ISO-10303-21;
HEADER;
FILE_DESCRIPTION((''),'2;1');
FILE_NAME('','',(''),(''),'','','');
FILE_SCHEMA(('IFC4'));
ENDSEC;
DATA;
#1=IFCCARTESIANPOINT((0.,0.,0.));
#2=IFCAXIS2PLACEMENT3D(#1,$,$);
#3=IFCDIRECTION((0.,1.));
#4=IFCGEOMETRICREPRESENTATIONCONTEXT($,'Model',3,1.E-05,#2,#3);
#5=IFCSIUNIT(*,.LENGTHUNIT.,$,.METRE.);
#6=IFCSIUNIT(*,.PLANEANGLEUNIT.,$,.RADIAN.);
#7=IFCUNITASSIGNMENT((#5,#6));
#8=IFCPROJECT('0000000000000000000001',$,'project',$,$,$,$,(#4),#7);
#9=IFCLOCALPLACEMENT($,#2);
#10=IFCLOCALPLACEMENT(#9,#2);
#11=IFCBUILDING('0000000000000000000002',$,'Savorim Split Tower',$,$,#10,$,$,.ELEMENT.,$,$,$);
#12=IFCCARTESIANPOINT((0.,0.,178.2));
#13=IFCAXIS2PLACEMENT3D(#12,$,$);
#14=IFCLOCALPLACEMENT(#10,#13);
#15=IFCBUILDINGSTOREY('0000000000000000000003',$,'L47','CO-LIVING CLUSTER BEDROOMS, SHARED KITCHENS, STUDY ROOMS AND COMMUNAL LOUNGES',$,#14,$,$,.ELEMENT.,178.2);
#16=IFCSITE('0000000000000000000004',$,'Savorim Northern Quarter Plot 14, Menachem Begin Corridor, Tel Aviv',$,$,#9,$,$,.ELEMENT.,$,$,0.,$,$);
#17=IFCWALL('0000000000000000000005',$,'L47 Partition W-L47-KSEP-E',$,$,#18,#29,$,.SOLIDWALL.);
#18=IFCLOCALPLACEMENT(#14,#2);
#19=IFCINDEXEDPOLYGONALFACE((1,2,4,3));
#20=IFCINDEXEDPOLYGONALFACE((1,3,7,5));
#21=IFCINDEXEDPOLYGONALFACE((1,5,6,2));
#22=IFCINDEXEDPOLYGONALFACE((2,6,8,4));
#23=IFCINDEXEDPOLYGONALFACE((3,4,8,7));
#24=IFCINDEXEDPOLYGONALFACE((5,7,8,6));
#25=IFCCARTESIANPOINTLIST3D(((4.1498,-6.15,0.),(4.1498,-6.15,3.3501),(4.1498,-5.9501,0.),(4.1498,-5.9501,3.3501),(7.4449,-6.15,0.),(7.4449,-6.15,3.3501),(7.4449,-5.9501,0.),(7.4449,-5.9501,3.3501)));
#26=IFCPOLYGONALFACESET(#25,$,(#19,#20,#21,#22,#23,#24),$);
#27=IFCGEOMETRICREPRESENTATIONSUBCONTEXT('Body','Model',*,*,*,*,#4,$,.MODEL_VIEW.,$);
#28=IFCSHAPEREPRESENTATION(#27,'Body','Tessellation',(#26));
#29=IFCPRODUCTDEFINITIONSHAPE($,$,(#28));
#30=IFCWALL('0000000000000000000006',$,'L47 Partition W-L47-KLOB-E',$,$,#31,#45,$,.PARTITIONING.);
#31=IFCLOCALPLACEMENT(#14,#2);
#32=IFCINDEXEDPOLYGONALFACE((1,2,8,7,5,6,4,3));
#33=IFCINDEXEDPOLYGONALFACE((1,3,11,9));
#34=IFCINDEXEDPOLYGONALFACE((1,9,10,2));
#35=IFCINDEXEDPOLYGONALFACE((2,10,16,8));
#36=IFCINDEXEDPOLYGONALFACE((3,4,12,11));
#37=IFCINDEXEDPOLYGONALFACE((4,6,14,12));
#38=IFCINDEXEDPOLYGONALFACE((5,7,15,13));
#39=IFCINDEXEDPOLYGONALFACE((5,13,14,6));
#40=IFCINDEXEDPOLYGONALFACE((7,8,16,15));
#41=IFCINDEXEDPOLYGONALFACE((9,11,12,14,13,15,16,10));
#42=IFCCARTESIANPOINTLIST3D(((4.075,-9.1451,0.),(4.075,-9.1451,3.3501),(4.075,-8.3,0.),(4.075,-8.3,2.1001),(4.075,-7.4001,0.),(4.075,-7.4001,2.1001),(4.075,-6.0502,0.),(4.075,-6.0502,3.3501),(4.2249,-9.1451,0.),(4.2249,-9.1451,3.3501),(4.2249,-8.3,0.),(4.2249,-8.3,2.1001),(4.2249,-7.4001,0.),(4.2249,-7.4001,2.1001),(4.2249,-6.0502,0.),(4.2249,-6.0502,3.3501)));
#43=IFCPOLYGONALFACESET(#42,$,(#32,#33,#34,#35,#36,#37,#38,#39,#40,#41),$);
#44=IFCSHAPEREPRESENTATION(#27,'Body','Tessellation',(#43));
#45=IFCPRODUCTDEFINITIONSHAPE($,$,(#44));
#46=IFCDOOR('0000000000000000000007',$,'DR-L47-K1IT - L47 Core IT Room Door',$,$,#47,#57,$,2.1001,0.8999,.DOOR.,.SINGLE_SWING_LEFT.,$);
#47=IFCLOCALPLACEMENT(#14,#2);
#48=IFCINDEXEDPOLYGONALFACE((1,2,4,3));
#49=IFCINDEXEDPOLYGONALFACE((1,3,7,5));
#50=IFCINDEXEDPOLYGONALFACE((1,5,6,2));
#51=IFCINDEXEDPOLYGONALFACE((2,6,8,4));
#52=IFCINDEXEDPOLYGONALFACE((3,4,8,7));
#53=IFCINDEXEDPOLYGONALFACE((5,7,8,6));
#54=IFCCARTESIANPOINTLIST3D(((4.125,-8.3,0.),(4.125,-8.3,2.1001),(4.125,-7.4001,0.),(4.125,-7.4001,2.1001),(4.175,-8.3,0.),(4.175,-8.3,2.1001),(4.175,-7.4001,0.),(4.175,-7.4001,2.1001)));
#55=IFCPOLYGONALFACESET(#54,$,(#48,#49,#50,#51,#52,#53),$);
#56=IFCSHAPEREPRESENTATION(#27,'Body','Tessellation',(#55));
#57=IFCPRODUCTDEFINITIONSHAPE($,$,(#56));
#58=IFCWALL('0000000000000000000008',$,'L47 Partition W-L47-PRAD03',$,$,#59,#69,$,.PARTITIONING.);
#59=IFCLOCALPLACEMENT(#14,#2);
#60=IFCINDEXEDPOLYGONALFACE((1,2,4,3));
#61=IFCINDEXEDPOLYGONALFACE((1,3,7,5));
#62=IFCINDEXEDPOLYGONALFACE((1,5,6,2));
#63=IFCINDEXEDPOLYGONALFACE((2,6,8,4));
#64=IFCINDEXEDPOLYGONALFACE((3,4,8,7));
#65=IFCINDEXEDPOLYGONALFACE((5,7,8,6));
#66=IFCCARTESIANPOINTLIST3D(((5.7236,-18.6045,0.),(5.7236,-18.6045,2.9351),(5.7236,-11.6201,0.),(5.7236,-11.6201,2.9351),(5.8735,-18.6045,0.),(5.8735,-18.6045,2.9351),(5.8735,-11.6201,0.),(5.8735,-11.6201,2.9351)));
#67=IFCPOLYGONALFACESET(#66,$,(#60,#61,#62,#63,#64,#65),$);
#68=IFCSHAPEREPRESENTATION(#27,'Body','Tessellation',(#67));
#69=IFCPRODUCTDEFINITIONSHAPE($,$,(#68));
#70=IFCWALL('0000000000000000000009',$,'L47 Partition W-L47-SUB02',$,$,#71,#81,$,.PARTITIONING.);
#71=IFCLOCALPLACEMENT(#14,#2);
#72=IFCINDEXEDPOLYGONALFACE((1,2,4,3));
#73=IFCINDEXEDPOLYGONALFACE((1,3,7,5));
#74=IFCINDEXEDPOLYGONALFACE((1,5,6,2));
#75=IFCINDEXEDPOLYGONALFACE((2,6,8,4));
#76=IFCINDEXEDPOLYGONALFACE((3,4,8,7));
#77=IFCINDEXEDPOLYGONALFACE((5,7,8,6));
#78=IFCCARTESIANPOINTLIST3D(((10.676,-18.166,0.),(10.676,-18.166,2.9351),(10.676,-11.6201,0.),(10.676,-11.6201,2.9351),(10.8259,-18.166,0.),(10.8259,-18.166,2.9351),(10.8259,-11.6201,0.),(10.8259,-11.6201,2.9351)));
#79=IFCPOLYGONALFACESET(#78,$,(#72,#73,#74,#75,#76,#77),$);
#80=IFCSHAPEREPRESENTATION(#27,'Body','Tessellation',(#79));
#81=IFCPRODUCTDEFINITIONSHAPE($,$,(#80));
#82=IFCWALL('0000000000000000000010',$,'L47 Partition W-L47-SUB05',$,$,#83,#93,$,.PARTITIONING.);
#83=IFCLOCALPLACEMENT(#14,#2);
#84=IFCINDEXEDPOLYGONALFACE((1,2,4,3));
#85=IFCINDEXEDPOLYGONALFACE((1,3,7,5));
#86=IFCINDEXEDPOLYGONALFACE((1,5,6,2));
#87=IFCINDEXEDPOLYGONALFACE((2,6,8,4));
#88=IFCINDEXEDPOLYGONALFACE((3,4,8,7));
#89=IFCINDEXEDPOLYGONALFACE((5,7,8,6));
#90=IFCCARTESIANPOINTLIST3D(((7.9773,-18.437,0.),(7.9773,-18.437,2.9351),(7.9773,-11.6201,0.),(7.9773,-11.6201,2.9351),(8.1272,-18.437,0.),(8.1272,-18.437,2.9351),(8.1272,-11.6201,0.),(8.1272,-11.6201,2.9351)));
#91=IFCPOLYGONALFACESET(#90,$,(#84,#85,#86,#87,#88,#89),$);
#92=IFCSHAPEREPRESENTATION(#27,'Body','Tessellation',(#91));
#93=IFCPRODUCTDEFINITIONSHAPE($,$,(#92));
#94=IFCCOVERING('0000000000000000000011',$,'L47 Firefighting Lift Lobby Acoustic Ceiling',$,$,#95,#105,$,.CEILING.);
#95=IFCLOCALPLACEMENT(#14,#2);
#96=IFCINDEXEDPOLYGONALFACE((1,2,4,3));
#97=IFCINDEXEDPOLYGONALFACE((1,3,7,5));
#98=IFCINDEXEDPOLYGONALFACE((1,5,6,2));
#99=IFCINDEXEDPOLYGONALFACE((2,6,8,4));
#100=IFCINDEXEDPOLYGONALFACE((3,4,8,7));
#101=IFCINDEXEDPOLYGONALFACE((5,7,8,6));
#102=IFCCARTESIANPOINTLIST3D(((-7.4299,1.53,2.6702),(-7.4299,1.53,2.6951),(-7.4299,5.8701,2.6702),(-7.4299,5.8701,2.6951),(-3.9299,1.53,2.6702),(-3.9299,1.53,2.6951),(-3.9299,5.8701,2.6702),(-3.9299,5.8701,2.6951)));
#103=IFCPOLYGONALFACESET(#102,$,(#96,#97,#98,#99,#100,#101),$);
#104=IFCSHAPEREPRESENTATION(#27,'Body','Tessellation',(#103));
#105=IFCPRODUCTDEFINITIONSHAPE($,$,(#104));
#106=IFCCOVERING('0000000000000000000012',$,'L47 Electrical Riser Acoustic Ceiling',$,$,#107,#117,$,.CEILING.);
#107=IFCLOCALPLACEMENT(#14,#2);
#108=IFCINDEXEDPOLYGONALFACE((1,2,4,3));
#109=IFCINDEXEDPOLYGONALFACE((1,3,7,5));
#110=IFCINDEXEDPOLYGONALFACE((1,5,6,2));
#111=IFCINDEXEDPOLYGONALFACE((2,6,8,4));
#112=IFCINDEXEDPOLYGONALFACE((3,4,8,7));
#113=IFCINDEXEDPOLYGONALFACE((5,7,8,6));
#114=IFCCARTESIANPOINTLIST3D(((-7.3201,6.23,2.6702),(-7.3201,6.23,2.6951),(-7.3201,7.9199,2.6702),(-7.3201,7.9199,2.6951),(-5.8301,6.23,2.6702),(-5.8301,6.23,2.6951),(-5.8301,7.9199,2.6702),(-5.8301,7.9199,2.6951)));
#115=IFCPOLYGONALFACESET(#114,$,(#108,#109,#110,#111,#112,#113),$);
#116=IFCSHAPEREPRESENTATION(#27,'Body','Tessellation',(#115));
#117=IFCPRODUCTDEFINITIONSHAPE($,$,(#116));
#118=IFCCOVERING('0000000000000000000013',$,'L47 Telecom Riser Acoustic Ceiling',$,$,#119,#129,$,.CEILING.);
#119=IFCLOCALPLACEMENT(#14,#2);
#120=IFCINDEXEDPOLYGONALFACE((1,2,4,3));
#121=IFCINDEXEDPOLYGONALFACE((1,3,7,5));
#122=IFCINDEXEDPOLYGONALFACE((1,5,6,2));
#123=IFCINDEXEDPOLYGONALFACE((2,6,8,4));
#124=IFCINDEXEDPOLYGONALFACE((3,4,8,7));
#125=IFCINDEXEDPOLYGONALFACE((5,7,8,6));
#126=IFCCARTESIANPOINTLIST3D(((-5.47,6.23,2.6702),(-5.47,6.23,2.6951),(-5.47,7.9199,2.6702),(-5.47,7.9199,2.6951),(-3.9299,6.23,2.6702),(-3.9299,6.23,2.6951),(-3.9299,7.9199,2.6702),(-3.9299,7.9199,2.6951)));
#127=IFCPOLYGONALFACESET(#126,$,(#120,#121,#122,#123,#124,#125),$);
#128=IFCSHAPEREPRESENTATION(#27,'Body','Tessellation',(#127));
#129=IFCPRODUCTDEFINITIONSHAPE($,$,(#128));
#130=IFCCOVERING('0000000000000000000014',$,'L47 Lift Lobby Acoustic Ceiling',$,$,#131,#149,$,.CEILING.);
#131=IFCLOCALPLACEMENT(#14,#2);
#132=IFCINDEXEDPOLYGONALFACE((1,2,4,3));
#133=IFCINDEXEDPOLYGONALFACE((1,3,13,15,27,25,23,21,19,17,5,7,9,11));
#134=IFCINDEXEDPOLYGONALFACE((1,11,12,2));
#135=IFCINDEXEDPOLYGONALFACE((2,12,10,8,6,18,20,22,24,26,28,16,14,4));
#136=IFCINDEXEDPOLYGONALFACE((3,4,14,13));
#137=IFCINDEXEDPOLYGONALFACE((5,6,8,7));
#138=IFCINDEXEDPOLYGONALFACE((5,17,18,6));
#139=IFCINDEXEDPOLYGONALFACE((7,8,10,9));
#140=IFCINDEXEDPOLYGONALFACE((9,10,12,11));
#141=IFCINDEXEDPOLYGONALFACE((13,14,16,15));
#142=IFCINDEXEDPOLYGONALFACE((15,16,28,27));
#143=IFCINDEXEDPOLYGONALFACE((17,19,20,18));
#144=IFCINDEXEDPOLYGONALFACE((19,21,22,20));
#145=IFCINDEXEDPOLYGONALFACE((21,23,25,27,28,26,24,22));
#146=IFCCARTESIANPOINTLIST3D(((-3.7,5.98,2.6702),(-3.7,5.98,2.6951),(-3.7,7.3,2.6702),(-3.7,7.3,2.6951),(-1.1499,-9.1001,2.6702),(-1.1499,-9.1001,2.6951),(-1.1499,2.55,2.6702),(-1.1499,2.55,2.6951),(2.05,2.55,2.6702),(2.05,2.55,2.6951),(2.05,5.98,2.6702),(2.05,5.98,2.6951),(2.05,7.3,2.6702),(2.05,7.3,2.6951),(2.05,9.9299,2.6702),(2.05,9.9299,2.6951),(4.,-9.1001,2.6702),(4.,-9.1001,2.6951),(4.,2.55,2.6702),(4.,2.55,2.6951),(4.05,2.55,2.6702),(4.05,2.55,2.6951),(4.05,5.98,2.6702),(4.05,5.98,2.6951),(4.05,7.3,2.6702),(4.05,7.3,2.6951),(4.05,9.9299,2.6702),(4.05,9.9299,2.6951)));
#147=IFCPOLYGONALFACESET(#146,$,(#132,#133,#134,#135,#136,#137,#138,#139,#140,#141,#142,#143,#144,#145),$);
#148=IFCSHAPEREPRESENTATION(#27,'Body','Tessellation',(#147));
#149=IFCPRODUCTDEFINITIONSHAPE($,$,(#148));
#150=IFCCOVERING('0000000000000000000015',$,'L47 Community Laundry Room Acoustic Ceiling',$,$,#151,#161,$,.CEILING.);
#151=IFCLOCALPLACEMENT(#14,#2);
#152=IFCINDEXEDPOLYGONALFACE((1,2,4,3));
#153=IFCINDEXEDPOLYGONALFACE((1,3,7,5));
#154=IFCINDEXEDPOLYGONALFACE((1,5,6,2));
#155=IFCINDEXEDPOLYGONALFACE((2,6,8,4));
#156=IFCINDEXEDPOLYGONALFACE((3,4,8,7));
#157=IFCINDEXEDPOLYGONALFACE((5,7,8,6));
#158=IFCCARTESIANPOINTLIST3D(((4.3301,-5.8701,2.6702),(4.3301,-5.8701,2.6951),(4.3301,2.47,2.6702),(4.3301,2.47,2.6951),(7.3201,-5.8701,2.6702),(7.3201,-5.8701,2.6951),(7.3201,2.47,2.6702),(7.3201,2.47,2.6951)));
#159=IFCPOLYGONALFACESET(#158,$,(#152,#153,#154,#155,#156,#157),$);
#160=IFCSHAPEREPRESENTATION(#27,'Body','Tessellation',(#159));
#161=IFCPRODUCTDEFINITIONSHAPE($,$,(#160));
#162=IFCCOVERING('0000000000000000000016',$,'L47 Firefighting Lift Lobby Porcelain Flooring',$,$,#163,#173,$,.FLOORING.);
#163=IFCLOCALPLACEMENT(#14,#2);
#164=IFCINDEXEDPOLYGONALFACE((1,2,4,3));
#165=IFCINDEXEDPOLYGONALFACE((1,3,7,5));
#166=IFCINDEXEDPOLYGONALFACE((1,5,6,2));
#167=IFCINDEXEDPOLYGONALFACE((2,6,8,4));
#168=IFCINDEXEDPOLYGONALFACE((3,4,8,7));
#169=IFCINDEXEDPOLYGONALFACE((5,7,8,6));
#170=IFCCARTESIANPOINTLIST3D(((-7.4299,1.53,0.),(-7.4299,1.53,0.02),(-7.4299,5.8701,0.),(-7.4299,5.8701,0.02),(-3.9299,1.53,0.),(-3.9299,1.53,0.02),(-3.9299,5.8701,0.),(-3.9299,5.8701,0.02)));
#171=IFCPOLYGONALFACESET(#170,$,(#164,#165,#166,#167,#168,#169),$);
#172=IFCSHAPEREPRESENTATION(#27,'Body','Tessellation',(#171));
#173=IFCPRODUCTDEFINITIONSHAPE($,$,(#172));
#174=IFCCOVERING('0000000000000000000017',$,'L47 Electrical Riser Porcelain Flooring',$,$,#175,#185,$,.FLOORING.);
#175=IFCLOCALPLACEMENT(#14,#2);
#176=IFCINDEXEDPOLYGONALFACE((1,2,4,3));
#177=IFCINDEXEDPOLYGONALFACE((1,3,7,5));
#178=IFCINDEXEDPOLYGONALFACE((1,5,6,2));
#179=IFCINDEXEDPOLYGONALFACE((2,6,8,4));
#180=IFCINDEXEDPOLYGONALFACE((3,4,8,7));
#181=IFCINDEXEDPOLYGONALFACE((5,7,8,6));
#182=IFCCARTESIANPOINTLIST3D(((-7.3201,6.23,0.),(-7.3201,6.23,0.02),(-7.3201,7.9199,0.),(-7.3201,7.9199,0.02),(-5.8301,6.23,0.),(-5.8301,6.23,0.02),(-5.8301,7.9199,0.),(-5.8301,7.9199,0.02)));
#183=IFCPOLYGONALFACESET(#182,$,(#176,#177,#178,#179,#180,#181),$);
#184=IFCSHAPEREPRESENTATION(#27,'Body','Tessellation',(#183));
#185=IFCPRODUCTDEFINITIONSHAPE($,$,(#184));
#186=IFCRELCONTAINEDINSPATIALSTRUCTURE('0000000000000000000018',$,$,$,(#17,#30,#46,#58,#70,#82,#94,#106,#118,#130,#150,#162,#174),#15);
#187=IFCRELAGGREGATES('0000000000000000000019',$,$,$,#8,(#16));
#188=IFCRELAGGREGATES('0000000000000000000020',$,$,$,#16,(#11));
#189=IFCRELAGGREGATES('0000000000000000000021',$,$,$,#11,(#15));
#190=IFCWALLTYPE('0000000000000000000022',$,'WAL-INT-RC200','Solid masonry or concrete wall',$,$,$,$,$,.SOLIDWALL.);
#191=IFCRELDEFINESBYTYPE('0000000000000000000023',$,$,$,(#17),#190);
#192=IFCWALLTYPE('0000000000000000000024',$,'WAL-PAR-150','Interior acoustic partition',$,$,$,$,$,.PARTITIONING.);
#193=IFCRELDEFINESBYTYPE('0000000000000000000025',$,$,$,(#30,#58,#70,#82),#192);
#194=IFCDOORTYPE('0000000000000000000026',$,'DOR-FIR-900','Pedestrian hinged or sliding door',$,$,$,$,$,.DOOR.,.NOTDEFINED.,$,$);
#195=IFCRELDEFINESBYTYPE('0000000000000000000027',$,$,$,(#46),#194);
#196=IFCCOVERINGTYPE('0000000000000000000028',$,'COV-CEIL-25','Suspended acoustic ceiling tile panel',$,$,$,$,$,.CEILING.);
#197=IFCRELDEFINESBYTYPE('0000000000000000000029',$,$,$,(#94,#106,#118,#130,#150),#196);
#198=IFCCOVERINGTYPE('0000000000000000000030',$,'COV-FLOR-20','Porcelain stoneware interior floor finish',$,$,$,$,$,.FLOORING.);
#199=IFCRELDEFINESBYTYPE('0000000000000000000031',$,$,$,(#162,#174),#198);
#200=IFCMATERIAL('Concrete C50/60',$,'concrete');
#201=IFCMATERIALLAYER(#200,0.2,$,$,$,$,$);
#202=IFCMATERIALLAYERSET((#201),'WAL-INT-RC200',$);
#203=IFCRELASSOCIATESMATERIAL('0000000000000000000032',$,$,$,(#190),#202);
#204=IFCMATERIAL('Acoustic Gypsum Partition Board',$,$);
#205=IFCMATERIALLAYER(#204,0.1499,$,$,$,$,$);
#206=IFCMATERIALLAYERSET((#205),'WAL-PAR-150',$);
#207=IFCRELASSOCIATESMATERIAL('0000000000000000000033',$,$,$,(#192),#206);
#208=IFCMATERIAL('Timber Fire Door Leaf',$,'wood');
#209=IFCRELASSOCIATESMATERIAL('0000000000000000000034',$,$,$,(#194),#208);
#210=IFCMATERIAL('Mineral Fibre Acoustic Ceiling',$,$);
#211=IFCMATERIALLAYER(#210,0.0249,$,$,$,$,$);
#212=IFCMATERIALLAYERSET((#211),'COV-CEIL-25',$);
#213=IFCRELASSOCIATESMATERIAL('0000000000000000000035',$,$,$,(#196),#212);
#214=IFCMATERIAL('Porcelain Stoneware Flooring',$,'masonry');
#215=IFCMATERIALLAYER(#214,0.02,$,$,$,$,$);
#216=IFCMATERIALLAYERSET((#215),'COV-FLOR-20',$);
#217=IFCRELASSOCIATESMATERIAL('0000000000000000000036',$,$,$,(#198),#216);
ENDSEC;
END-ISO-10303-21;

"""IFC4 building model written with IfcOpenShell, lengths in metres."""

from ifc_helpers import new_model, si_unit, direction, frame, frame_2d, origin, place, context, subcontext, project, spatial, polyline, rectangle, outline, extrude, material, layer, layer_set, type_object, element, fill, save


model = new_model("IFC4")

# Units and contexts
model_context = context("Model", 3, precision=1e-05, world=origin(), true_north=direction((0.0, 1.0)))
body_context = subcontext(model_context, "Body", "Model", "MODEL_VIEW")
ifc_project = project(units=[si_unit("LENGTHUNIT", "METRE"), si_unit("PLANEANGLEUNIT", "RADIAN")], contexts=[model_context])

# Site, building, storey
site_placement = place(None, origin())
site = spatial("IfcSite", under=ifc_project, at=site_placement, Name="Savorim Northern Quarter Plot 14, Menachem Begin Corridor, Tel Aviv", CompositionType="ELEMENT", RefElevation=0.0)
building_placement = place(site_placement, origin())
building = spatial("IfcBuilding", under=site, at=building_placement, Name="Savorim Split Tower", CompositionType="ELEMENT")
storey_placement = place(building_placement, frame((0.0, 0.0, 178.2)))
storey = spatial("IfcBuildingStorey", under=building, at=storey_placement, Name="L47", Description="CO-LIVING CLUSTER BEDROOMS, SHARED KITCHENS, STUDY ROOMS AND COMMUNAL LOUNGES", CompositionType="ELEMENT", Elevation=178.2)

# Shared definitions
ifc_material_1 = material(Name="Concrete C50/60", Category="concrete")
ifc_layer_1 = layer(ifc_material_1, 0.2)
ifc_layer_set_1 = layer_set([ifc_layer_1], Name="WAL-INT-RC200")
wall_type_1 = type_object("IfcWallType", Name="WAL-INT-RC200", Description="Solid masonry or concrete wall", PredefinedType="SOLIDWALL", material=ifc_layer_set_1)
ifc_material_2 = material(Name="Timber Fire Door Leaf", Category="wood")

# Wall
wall_1_placement = place(storey_placement, frame((4.1499, -6.05, 0.0), z_axis=(0.0, 0.0, 1.0), x_axis=(1.0, 0.0, 0.0)))
element("IfcWall", 1, at=wall_1_placement, inside=storey, type_object=wall_type_1, Name="L47 Partition W-L47-KSEP-E", PredefinedType="SOLIDWALL", context=body_context, shape_type="SweptSolid", body=[
    extrude(rectangle(XDim=3.2952, YDim=0.2, at=frame_2d((1.6475, 0.0))), origin(), (0.0, 0.0, 1.0), 3.3501),
])

# Wall, opening, door
ifc_material_3 = material(Name="Acoustic Gypsum Partition Board")
ifc_layer_2 = layer(ifc_material_3, 0.1499)
ifc_layer_set_2 = layer_set([ifc_layer_2], Name="WAL-PAR-150")
wall_type_2 = type_object("IfcWallType", Name="WAL-PAR-150", Description="Interior acoustic partition", PredefinedType="PARTITIONING", material=ifc_layer_set_2)
wall_2_placement = place(storey_placement, frame((4.1499, -9.145, 0.0), z_axis=(0.0, 0.0, 1.0), x_axis=(0.0, 1.0, 0.0)))
wall_2 = element("IfcWall", 2, at=wall_2_placement, inside=storey, type_object=wall_type_2, Name="L47 Partition W-L47-KLOB-E", PredefinedType="PARTITIONING", context=body_context, shape_type="SweptSolid", body=[
    extrude(rectangle(XDim=3.095, YDim=0.1499, at=frame_2d((1.5474, 0.0))), origin(), (0.0, 0.0, 1.0), 3.3501),
])
opening_1_placement = place(wall_2_placement, frame((0.845, 0.0, 0.0)))
opening_1 = element("IfcOpeningElement", 3, at=opening_1_placement, cuts=wall_2, PredefinedType="OPENING", context=body_context, shape_type="SweptSolid", body=[
    extrude(rectangle(XDim=0.8999, YDim=2.1001, at=frame_2d((0.45, 1.05))), frame((0.0, 0.085, 0.0), z_axis=(0.0, -1.0, 0.0), x_axis=(1.0, 0.0, 0.0)), (0.0, 0.0, 1.0), 0.1699),
])
door_type_1 = type_object("IfcDoorType", Name="DOR-FIR-900", Description="Pedestrian hinged or sliding door", OperationType="NOTDEFINED", PredefinedType="DOOR", material=ifc_material_2)
door_1_placement = place(opening_1_placement, origin())
door_1 = element("IfcDoor", 4, at=door_1_placement, inside=storey, type_object=door_type_1, Name="DR-L47-K1IT - L47 Core IT Room Door", OperationType="SINGLE_SWING_LEFT", OverallHeight=2.1001, OverallWidth=0.8999, PredefinedType="DOOR", context=body_context, shape_type="SweptSolid", body=[
    extrude(rectangle(XDim=0.8999, YDim=2.1001, at=frame_2d((0.45, 1.05))), frame((0.0, 0.0249, 0.0), z_axis=(0.0, -1.0, 0.0), x_axis=(1.0, 0.0, 0.0)), (0.0, 0.0, 1.0), 0.05),
])
fill(opening_1, door_1)

# Walls
wall_3_placement = place(storey_placement, frame((5.7986, -11.6201, 0.0), z_axis=(0.0, 0.0, 1.0), x_axis=(0.0, -1.0, 0.0)))
element("IfcWall", 5, at=wall_3_placement, inside=storey, type_object=wall_type_2, Name="L47 Partition W-L47-PRAD03", PredefinedType="PARTITIONING", context=body_context, shape_type="SweptSolid", body=[
    extrude(rectangle(XDim=6.9844, YDim=0.1499, at=frame_2d((3.4922, 0.0))), origin(), (0.0, 0.0, 1.0), 2.9351),
])
wall_4_placement = place(storey_placement, frame((10.751, -11.6201, 0.0), z_axis=(0.0, 0.0, 1.0), x_axis=(0.0, -1.0, 0.0)))
element("IfcWall", 6, at=wall_4_placement, inside=storey, type_object=wall_type_2, Name="L47 Partition W-L47-SUB02", PredefinedType="PARTITIONING", context=body_context, shape_type="SweptSolid", body=[
    extrude(rectangle(XDim=6.5459, YDim=0.1499, at=frame_2d((3.2729, 0.0))), origin(), (0.0, 0.0, 1.0), 2.9351),
])
wall_5_placement = place(storey_placement, frame((8.0522, -11.6201, 0.0), z_axis=(0.0, 0.0, 1.0), x_axis=(0.0, -1.0, 0.0)))
element("IfcWall", 7, at=wall_5_placement, inside=storey, type_object=wall_type_2, Name="L47 Partition W-L47-SUB05", PredefinedType="PARTITIONING", context=body_context, shape_type="SweptSolid", body=[
    extrude(rectangle(XDim=6.8169, YDim=0.1499, at=frame_2d((3.4084, 0.0))), origin(), (0.0, 0.0, 1.0), 2.9351),
])

# Coverings
ifc_material_4 = material(Name="Mineral Fibre Acoustic Ceiling")
ifc_layer_3 = layer(ifc_material_4, 0.0249)
ifc_layer_set_3 = layer_set([ifc_layer_3], Name="COV-CEIL-25")
covering_type_1 = type_object("IfcCoveringType", Name="COV-CEIL-25", Description="Suspended acoustic ceiling tile panel", PredefinedType="CEILING", material=ifc_layer_set_3)
covering_1_placement = place(storey_placement, frame((0.0, 0.0, 2.6702)))
element("IfcCovering", 8, at=covering_1_placement, inside=storey, type_object=covering_type_1, Name="L47 Firefighting Lift Lobby Acoustic Ceiling", PredefinedType="CEILING", context=body_context, shape_type="SweptSolid", body=[
    extrude(outline(polyline([(-7.4299, 5.8701), (-7.4299, 1.53), (-3.9299, 1.53), (-3.9299, 5.8701), (-7.4299, 5.8701)])), origin(), (0.0, 0.0, 1.0), 0.0249),
])
covering_2_placement = place(storey_placement, frame((0.0, 0.0, 2.6702)))
element("IfcCovering", 9, at=covering_2_placement, inside=storey, type_object=covering_type_1, Name="L47 Electrical Riser Acoustic Ceiling", PredefinedType="CEILING", context=body_context, shape_type="SweptSolid", body=[
    extrude(outline(polyline([(-7.3201, 7.9199), (-7.3201, 6.23), (-5.8301, 6.23), (-5.8301, 7.9199), (-7.3201, 7.9199)])), origin(), (0.0, 0.0, 1.0), 0.0249),
])
covering_3_placement = place(storey_placement, frame((0.0, 0.0, 2.6702)))
element("IfcCovering", 10, at=covering_3_placement, inside=storey, type_object=covering_type_1, Name="L47 Telecom Riser Acoustic Ceiling", PredefinedType="CEILING", context=body_context, shape_type="SweptSolid", body=[
    extrude(outline(polyline([(-5.47, 7.9199), (-5.47, 6.23), (-3.9299, 6.23), (-3.9299, 7.9199), (-5.47, 7.9199)])), origin(), (0.0, 0.0, 1.0), 0.0249),
])
covering_4_placement = place(storey_placement, frame((0.0, 0.0, 2.6702)))
element("IfcCovering", 11, at=covering_4_placement, inside=storey, type_object=covering_type_1, Name="L47 Lift Lobby Acoustic Ceiling", PredefinedType="CEILING", context=body_context, shape_type="SweptSolid", body=[
    extrude(outline(polyline([(2.05, 2.55), (-1.1499, 2.55), (-1.1499, -9.1001), (4.0, -9.1001), (4.0, 2.55), (4.05, 2.55), (4.05, 5.98), (4.05, 7.3), (4.05, 9.9299), (2.05, 9.9299), (2.05, 7.3), (-3.7, 7.3), (-3.7, 5.98), (2.05, 5.98), (2.05, 2.55)])), origin(), (0.0, 0.0, 1.0), 0.0249),
])
covering_5_placement = place(storey_placement, frame((0.0, 0.0, 2.6702)))
element("IfcCovering", 12, at=covering_5_placement, inside=storey, type_object=covering_type_1, Name="L47 Community Laundry Room Acoustic Ceiling", PredefinedType="CEILING", context=body_context, shape_type="SweptSolid", body=[
    extrude(outline(polyline([(4.3301, 2.47), (4.3301, -5.8701), (7.3201, -5.8701), (7.3201, 2.47), (4.3301, 2.47)])), origin(), (0.0, 0.0, 1.0), 0.0249),
])
ifc_material_5 = material(Name="Porcelain Stoneware Flooring", Category="masonry")
ifc_layer_4 = layer(ifc_material_5, 0.02)
ifc_layer_set_4 = layer_set([ifc_layer_4], Name="COV-FLOR-20")
covering_type_2 = type_object("IfcCoveringType", Name="COV-FLOR-20", Description="Porcelain stoneware interior floor finish", PredefinedType="FLOORING", material=ifc_layer_set_4)
covering_6_placement = place(storey_placement, origin())
element("IfcCovering", 13, at=covering_6_placement, inside=storey, type_object=covering_type_2, Name="L47 Firefighting Lift Lobby Porcelain Flooring", PredefinedType="FLOORING", context=body_context, shape_type="SweptSolid", body=[
    extrude(outline(polyline([(-7.4299, 5.8701), (-7.4299, 1.53), (-3.9299, 1.53), (-3.9299, 5.8701), (-7.4299, 5.8701)])), origin(), (0.0, 0.0, 1.0), 0.02),
])
covering_7_placement = place(storey_placement, origin())
element("IfcCovering", 14, at=covering_7_placement, inside=storey, type_object=covering_type_2, Name="L47 Electrical Riser Porcelain Flooring", PredefinedType="FLOORING", context=body_context, shape_type="SweptSolid", body=[
    extrude(outline(polyline([(-7.3201, 7.9199), (-7.3201, 6.23), (-5.8301, 6.23), (-5.8301, 7.9199), (-7.3201, 7.9199)])), origin(), (0.0, 0.0, 1.0), 0.02),
])

save(model, "model.ifc")
